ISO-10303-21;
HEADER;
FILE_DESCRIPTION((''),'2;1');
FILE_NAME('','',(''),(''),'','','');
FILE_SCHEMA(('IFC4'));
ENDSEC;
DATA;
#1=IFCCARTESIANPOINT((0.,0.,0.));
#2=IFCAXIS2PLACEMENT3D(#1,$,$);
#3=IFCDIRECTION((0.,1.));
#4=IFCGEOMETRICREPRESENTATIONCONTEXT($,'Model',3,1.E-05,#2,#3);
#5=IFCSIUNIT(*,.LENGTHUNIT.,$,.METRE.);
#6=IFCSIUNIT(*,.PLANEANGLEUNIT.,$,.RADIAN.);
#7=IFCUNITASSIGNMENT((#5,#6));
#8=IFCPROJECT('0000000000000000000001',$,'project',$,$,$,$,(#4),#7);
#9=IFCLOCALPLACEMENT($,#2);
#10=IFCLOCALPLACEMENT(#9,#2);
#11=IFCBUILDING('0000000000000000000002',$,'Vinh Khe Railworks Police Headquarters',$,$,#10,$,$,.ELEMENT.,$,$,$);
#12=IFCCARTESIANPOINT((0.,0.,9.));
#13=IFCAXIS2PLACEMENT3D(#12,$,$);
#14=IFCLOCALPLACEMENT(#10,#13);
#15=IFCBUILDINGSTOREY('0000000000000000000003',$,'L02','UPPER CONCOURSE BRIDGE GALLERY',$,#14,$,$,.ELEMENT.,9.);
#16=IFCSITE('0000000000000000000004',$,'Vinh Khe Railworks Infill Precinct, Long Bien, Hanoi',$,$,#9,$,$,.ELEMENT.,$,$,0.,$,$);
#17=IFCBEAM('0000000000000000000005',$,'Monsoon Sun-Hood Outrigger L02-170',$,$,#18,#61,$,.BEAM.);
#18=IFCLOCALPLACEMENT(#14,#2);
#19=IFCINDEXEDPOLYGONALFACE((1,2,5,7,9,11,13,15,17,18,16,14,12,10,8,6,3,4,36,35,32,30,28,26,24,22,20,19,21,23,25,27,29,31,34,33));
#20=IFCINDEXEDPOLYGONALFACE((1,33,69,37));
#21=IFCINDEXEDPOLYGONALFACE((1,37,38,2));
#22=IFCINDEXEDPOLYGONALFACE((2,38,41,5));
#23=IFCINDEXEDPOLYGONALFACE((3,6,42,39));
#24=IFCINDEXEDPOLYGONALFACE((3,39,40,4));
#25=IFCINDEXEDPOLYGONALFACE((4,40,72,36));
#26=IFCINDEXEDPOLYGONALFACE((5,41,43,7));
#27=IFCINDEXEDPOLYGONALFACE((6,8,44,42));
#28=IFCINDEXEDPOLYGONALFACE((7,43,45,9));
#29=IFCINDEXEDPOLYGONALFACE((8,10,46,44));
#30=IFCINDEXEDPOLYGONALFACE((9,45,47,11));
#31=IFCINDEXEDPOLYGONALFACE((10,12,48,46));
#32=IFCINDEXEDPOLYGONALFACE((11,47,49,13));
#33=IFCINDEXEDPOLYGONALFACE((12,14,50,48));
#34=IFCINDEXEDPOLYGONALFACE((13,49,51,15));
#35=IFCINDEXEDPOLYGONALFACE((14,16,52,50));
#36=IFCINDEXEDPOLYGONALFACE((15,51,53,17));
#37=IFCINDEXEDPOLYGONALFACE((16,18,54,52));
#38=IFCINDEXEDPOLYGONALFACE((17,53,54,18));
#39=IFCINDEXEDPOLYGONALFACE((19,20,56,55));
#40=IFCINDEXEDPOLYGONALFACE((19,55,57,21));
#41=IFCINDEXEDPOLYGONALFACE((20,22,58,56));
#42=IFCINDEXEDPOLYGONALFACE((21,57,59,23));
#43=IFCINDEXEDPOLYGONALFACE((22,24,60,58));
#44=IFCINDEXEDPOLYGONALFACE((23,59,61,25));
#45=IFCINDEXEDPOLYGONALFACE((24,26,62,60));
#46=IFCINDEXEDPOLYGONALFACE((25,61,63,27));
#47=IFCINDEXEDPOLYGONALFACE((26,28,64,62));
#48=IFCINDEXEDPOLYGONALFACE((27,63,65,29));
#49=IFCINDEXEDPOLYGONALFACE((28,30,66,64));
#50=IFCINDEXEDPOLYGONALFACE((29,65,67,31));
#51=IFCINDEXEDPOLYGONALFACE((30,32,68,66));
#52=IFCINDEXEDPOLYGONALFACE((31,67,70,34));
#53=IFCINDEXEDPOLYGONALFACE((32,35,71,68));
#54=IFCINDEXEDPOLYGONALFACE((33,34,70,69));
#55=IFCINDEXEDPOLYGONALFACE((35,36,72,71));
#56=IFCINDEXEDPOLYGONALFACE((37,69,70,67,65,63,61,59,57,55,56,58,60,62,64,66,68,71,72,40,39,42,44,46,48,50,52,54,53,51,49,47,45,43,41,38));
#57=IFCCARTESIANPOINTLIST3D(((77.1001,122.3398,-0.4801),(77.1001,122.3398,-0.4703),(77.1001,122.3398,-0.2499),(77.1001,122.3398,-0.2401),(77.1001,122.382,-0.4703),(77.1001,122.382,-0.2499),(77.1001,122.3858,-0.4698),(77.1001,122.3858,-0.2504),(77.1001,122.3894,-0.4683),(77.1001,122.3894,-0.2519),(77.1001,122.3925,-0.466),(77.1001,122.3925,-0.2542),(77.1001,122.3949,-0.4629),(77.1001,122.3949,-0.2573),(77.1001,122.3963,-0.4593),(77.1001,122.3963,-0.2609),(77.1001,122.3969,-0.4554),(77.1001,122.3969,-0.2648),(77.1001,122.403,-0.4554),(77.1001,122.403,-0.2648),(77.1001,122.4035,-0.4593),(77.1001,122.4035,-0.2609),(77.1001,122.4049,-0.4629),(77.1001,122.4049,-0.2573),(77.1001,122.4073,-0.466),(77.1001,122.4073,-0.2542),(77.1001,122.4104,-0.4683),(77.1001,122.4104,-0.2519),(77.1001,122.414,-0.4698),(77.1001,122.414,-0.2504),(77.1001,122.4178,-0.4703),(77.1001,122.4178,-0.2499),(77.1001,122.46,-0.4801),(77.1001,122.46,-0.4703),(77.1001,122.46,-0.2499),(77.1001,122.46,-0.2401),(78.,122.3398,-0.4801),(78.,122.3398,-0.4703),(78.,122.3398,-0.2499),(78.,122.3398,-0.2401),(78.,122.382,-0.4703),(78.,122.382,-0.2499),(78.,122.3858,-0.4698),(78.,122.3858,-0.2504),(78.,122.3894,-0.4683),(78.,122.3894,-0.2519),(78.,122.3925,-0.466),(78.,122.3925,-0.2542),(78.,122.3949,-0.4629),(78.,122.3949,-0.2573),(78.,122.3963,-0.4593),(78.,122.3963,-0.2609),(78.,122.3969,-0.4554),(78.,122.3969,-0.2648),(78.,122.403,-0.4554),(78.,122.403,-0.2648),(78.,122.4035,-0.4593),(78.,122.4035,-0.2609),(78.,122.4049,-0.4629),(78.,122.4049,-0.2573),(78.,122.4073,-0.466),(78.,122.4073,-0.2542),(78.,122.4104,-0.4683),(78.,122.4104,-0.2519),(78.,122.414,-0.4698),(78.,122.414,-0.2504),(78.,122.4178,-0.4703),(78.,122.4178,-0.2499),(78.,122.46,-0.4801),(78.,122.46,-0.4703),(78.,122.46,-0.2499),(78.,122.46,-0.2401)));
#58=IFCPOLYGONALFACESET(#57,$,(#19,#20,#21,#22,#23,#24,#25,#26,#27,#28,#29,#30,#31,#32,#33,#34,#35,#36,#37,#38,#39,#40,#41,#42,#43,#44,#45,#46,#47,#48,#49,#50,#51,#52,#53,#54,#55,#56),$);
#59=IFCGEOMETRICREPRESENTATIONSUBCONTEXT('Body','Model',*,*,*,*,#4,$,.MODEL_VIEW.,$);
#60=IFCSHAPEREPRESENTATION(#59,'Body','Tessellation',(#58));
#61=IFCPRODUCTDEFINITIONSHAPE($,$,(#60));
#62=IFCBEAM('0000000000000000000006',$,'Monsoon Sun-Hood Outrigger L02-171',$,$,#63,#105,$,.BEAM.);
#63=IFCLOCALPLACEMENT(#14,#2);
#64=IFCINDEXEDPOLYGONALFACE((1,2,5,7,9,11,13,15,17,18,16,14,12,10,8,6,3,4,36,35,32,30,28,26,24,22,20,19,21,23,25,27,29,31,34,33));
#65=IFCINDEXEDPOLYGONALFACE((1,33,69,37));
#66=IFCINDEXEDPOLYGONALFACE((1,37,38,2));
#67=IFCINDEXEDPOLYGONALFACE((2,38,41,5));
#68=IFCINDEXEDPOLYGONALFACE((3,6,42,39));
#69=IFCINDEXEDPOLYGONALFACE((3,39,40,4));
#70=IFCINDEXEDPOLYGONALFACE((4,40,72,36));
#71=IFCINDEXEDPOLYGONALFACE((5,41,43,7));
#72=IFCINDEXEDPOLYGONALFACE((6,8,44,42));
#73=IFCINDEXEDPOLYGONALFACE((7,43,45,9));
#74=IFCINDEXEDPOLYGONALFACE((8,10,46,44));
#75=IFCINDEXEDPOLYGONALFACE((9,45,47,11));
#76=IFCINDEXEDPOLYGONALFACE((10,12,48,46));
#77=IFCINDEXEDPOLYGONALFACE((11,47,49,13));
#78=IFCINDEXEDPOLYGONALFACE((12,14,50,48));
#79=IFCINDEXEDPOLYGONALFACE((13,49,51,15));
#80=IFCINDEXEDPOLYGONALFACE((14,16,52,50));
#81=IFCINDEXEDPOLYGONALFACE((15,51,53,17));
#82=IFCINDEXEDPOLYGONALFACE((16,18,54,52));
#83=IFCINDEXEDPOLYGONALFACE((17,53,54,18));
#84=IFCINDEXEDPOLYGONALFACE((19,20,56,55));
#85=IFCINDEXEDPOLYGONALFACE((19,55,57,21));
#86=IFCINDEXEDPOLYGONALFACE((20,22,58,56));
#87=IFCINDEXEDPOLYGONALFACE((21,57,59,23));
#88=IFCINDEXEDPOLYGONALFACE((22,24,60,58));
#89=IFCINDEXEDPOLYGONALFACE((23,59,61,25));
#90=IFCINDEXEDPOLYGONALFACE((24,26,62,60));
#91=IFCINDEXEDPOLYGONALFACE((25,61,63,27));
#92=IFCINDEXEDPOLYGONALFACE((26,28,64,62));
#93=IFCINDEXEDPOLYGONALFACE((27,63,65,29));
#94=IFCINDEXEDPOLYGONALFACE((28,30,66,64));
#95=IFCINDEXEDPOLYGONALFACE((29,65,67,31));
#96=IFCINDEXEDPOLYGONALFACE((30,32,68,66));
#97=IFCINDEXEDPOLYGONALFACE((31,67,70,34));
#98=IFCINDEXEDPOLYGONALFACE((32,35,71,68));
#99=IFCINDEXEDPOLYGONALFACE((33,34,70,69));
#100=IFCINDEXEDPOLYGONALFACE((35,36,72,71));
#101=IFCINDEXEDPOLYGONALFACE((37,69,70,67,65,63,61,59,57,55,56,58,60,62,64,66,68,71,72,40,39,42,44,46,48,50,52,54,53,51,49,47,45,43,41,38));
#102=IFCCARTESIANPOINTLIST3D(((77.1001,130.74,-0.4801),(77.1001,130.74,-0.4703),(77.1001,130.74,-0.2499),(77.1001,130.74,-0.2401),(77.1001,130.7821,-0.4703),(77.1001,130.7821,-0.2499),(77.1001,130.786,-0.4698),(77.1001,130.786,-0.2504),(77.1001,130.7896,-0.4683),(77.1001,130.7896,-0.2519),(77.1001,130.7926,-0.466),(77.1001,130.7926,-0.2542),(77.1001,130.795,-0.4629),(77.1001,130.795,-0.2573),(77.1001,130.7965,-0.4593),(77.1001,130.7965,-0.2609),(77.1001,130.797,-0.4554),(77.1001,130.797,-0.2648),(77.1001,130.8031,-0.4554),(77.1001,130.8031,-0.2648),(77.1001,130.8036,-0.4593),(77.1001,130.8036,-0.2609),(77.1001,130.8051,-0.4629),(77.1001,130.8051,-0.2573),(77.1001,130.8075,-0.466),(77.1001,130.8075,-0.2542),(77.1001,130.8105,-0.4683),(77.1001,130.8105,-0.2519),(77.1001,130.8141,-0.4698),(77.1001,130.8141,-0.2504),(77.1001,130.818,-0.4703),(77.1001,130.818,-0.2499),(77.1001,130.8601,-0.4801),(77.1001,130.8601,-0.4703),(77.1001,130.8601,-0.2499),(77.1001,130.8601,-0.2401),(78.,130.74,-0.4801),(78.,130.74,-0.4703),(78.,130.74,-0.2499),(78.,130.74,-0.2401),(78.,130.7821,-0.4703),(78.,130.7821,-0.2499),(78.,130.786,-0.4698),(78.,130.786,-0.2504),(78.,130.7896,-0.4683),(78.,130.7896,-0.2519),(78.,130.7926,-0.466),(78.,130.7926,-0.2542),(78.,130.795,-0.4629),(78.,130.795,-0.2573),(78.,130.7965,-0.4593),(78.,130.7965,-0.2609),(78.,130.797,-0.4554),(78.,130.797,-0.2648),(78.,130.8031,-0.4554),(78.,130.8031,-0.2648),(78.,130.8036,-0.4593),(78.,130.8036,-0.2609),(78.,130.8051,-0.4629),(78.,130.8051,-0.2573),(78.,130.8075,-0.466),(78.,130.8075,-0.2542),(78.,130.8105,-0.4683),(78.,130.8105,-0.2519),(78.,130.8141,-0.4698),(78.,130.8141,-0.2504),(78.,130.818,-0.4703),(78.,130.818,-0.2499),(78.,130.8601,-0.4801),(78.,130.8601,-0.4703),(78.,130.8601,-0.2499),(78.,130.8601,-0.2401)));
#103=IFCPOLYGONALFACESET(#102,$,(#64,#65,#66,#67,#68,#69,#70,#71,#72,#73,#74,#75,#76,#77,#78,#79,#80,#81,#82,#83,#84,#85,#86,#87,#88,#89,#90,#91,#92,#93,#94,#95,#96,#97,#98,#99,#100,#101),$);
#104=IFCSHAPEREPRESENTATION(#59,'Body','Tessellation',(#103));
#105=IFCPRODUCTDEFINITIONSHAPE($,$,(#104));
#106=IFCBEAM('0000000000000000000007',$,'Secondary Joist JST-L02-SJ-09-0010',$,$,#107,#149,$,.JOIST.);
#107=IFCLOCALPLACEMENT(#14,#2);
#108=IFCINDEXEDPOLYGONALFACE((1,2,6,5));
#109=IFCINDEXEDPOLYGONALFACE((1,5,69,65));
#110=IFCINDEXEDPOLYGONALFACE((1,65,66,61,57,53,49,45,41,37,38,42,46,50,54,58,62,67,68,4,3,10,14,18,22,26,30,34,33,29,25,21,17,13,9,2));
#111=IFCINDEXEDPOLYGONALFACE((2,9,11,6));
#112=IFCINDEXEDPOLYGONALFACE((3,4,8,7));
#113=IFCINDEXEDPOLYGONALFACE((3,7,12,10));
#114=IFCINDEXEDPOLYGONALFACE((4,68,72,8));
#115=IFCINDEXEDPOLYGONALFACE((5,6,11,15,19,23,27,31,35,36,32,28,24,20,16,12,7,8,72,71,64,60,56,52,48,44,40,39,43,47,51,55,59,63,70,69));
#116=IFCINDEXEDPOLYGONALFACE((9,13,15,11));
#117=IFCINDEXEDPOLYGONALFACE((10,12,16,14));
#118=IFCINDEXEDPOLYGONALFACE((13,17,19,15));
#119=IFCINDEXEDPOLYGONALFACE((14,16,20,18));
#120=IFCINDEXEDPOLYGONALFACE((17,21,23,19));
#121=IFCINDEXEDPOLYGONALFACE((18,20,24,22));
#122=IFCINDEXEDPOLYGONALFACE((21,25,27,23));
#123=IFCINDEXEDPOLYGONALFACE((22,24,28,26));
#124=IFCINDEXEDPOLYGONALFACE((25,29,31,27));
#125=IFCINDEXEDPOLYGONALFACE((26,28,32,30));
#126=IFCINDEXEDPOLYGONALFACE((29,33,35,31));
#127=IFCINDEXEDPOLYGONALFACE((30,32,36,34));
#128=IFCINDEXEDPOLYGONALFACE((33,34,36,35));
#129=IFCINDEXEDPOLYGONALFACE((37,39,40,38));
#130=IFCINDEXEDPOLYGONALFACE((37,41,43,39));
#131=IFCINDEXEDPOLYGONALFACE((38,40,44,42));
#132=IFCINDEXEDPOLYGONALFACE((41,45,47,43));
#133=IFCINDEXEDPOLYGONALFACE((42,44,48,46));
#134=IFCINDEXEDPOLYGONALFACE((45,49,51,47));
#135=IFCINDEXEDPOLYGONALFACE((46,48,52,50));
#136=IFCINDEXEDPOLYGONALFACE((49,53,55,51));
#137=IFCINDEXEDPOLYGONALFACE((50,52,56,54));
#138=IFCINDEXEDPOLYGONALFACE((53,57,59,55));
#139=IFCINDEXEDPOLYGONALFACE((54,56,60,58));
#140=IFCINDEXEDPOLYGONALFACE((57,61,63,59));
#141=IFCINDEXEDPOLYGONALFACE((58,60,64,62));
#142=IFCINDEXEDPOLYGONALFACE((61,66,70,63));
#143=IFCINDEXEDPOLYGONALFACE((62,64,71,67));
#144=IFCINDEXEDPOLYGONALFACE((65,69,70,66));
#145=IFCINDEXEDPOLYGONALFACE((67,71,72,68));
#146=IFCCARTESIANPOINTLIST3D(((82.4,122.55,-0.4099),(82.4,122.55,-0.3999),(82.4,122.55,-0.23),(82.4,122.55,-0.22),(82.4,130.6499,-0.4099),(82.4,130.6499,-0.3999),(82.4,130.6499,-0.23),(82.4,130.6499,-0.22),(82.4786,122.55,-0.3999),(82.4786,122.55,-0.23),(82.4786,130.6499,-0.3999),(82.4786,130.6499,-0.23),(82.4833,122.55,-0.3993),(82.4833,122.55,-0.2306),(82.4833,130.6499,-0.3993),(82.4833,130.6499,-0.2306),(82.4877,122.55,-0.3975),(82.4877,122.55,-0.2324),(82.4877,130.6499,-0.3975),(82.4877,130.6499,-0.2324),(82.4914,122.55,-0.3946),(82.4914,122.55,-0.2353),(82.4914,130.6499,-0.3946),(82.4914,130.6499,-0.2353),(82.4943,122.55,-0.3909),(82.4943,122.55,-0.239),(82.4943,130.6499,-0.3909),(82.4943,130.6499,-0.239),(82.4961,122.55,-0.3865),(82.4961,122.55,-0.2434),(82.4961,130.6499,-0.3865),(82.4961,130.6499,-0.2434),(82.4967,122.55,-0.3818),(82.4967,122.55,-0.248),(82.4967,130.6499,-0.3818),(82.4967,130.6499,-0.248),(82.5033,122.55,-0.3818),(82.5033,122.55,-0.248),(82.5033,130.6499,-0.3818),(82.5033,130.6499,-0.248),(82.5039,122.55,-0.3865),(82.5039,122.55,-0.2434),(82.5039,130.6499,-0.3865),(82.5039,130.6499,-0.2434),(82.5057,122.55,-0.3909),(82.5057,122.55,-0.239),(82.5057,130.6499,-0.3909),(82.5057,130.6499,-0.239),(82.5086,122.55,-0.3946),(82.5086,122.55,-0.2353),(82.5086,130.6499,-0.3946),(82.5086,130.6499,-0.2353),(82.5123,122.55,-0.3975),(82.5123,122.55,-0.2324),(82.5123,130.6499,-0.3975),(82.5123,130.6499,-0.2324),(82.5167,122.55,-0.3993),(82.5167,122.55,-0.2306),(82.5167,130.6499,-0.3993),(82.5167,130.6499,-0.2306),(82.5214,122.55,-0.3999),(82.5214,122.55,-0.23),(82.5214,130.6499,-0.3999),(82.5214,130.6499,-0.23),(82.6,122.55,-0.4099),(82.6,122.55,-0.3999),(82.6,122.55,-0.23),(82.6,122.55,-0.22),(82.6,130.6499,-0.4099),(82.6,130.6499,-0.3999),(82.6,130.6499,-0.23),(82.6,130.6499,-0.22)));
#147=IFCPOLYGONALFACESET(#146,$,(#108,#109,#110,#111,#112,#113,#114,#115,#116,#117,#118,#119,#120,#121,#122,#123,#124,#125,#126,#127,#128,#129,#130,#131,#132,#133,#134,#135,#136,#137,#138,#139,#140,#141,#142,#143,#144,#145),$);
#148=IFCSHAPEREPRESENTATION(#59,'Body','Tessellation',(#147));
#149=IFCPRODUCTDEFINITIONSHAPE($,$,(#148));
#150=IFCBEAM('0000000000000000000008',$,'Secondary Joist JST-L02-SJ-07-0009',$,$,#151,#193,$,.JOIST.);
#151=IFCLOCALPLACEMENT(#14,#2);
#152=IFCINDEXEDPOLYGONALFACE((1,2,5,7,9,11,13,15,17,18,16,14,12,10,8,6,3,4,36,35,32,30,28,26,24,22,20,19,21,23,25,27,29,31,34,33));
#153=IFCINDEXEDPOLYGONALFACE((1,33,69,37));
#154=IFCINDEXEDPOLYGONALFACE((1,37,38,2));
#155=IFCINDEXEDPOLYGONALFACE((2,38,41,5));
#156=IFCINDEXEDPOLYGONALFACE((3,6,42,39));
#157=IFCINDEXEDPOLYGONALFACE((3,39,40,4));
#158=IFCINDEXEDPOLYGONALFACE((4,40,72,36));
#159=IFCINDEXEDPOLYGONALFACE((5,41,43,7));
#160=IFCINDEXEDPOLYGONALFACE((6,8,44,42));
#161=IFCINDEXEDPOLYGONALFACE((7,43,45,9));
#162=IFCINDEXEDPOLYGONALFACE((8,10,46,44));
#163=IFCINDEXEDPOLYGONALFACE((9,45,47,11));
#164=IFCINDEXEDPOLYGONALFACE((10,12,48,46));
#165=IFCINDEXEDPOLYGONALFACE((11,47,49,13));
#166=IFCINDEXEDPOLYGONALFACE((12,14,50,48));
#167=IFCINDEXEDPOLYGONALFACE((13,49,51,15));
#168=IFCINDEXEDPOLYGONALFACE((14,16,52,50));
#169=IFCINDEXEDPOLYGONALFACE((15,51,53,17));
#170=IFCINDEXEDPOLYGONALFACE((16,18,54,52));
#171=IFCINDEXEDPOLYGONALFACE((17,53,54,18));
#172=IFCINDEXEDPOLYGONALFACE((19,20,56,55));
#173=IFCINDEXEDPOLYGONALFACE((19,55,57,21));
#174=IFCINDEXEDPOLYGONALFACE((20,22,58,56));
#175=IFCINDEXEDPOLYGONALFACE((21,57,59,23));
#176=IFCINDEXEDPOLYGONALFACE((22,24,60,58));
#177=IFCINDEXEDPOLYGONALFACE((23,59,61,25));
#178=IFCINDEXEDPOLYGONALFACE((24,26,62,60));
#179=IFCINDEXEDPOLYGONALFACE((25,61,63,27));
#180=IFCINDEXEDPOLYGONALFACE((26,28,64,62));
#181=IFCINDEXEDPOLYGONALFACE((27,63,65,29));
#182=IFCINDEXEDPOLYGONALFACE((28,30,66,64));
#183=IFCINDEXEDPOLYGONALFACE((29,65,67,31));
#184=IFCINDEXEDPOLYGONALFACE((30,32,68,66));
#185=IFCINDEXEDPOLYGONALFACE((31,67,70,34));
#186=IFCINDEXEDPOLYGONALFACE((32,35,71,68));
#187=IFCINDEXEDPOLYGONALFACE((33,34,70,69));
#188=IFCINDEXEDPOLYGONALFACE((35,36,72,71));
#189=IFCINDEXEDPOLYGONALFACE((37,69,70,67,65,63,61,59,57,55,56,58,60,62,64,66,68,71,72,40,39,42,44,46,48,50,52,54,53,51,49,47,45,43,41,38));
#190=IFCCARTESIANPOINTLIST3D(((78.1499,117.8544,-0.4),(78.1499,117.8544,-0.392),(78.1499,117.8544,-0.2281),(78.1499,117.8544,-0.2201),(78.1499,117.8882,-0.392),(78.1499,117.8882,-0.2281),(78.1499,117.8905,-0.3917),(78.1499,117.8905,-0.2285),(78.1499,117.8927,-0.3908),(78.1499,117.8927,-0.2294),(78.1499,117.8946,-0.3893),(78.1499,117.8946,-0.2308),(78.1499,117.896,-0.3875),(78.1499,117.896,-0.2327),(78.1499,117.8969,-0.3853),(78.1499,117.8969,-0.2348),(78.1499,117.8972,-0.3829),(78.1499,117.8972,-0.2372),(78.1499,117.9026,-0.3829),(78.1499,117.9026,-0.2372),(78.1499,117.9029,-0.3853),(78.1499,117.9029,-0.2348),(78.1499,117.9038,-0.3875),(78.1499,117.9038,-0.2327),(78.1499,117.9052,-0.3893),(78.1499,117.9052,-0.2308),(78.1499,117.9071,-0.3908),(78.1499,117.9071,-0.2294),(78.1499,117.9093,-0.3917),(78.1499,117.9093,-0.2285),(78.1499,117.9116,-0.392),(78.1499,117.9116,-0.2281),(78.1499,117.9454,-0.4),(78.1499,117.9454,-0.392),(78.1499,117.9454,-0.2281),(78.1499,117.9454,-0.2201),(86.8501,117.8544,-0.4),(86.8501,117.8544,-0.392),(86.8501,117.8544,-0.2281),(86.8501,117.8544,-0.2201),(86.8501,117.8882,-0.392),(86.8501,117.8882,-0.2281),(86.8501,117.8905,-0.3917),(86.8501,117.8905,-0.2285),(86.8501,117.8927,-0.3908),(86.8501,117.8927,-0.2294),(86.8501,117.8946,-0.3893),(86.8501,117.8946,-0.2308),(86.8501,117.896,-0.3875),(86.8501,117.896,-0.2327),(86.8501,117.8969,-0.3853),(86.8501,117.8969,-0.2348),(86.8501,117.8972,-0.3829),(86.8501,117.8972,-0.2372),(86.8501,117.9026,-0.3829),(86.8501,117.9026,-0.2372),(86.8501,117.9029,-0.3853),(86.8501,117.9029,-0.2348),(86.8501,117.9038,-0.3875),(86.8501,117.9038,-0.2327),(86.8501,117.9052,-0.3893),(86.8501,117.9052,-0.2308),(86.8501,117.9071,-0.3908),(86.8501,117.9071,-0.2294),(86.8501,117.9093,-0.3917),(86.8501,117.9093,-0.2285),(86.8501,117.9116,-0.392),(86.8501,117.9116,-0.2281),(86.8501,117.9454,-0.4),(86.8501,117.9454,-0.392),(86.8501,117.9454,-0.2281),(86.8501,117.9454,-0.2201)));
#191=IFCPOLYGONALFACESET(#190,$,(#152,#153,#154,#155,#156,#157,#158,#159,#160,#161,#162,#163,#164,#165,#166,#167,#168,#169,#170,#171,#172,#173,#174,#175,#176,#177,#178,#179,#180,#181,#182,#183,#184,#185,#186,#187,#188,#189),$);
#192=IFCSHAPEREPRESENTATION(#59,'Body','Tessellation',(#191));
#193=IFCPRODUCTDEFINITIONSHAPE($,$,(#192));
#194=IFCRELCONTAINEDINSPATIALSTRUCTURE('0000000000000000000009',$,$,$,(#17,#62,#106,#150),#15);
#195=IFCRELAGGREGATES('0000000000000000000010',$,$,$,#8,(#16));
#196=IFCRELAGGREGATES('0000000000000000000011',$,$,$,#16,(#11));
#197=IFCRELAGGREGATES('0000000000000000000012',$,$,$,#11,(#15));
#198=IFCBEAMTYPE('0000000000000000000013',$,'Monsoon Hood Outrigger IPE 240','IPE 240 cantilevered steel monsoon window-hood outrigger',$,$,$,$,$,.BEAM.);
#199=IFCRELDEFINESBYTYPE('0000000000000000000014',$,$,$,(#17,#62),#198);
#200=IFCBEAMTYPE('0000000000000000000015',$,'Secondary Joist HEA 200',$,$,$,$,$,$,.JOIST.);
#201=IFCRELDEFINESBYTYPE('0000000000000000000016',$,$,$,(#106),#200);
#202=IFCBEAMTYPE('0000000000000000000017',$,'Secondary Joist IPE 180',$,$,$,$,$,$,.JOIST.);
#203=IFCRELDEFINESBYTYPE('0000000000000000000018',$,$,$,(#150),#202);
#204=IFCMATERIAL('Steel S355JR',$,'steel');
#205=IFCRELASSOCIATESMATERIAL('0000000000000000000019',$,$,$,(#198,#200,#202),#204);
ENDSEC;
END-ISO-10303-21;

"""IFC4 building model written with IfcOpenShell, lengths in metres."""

from ifc_helpers import new_model, si_unit, direction, frame, origin, origin_2d, place, context, subcontext, project, spatial, i_section, extrude, material, material_profile, profile_set, type_object, element, save


model = new_model("IFC4")

# Units and contexts
model_context = context("Model", 3, precision=1e-05, world=origin(), true_north=direction((0.0, 1.0)))
body_context = subcontext(model_context, "Body", "Model", "MODEL_VIEW")
ifc_project = project(units=[si_unit("LENGTHUNIT", "METRE"), si_unit("PLANEANGLEUNIT", "RADIAN")], contexts=[model_context])

# Site, building, storey
site_placement = place(None, origin())
site = spatial("IfcSite", under=ifc_project, at=site_placement, Name="Vinh Khe Railworks Infill Precinct, Long Bien, Hanoi", CompositionType="ELEMENT", RefElevation=0.0)
building_placement = place(site_placement, origin())
building = spatial("IfcBuilding", under=site, at=building_placement, Name="Vinh Khe Railworks Police Headquarters", CompositionType="ELEMENT")
storey_placement = place(building_placement, frame((0.0, 0.0, 9.0)))
storey = spatial("IfcBuildingStorey", under=building, at=storey_placement, Name="L02", Description="UPPER CONCOURSE BRIDGE GALLERY", CompositionType="ELEMENT", Elevation=9.0)

# Shared definitions
ifc_material_1 = material(Name="Steel S355JR", Category="steel")

# Beams
ifc_material_profile_1 = material_profile(ifc_material_1, i_section(OverallWidth=0.1201, OverallDepth=0.24, WebThickness=0.0061, FlangeThickness=0.0098, FilletRadius=0.0149, at=origin_2d()), Name="IPE 240")
ifc_profile_set_1 = profile_set([ifc_material_profile_1], Name="Steel S355JR")
beam_type_1 = type_object("IfcBeamType", Name="Monsoon Hood Outrigger IPE 240", Description="IPE 240 cantilevered steel monsoon window-hood outrigger", PredefinedType="BEAM", material=ifc_profile_set_1)
for number, where, z_axis, x_axis, name in (
    (1, (77.1001, 122.3999, -0.3601), (1.0, 0.0, 0.0), (0.0, 1.0, 0.0), "Monsoon Sun-Hood Outrigger L02-170"),
    (2, (77.1001, 130.8, -0.3601), (1.0, 0.0, 0.0), (0.0, 1.0, 0.0), "Monsoon Sun-Hood Outrigger L02-171"),
):
    element("IfcBeam", number, at=place(storey_placement, frame(where, z_axis=z_axis, x_axis=x_axis)), inside=storey, type_object=beam_type_1, Name=name, PredefinedType="BEAM", context=body_context, shape_type="SweptSolid", body=[
        extrude(i_section(OverallWidth=0.1201, OverallDepth=0.24, WebThickness=0.0061, FlangeThickness=0.0098, FilletRadius=0.0149, at=origin_2d()), origin(), (0.0, 0.0, 1.0), 0.8999),
    ])
ifc_material_profile_2 = material_profile(ifc_material_1, i_section(OverallWidth=0.2, OverallDepth=0.1899, WebThickness=0.0066, FlangeThickness=0.01, FilletRadius=0.0181, at=origin_2d()), Name="HEA 200")
ifc_profile_set_2 = profile_set([ifc_material_profile_2], Name="Steel S355JR")
beam_type_2 = type_object("IfcBeamType", Name="Secondary Joist HEA 200", PredefinedType="JOIST", material=ifc_profile_set_2)
beam_1_placement = place(storey_placement, frame((82.5, 122.55, -0.3149), z_axis=(0.0, 1.0, 0.0), x_axis=(-1.0, 0.0, 0.0)))
element("IfcBeam", 3, at=beam_1_placement, inside=storey, type_object=beam_type_2, Name="Secondary Joist JST-L02-SJ-09-0010", PredefinedType="JOIST", context=body_context, shape_type="SweptSolid", body=[
    extrude(i_section(OverallWidth=0.2, OverallDepth=0.1899, WebThickness=0.0066, FlangeThickness=0.01, FilletRadius=0.0181, at=origin_2d()), origin(), (0.0, 0.0, 1.0), 8.0999),
])
ifc_material_profile_3 = material_profile(ifc_material_1, i_section(OverallWidth=0.0911, OverallDepth=0.1799, WebThickness=0.0054, FlangeThickness=0.0081, FilletRadius=0.009, at=origin_2d()), Name="IPE 180")
ifc_profile_set_3 = profile_set([ifc_material_profile_3], Name="Steel S355JR")
beam_type_3 = type_object("IfcBeamType", Name="Secondary Joist IPE 180", PredefinedType="JOIST", material=ifc_profile_set_3)
beam_2_placement = place(storey_placement, frame((78.1499, 117.8999, -0.3101), z_axis=(1.0, 0.0, 0.0), x_axis=(0.0, 1.0, 0.0)))
element("IfcBeam", 4, at=beam_2_placement, inside=storey, type_object=beam_type_3, Name="Secondary Joist JST-L02-SJ-07-0009", PredefinedType="JOIST", context=body_context, shape_type="SweptSolid", body=[
    extrude(i_section(OverallWidth=0.0911, OverallDepth=0.1799, WebThickness=0.0054, FlangeThickness=0.0081, FilletRadius=0.009, at=origin_2d()), origin(), (0.0, 0.0, 1.0), 8.7002),
])

save(model, "model.ifc")
